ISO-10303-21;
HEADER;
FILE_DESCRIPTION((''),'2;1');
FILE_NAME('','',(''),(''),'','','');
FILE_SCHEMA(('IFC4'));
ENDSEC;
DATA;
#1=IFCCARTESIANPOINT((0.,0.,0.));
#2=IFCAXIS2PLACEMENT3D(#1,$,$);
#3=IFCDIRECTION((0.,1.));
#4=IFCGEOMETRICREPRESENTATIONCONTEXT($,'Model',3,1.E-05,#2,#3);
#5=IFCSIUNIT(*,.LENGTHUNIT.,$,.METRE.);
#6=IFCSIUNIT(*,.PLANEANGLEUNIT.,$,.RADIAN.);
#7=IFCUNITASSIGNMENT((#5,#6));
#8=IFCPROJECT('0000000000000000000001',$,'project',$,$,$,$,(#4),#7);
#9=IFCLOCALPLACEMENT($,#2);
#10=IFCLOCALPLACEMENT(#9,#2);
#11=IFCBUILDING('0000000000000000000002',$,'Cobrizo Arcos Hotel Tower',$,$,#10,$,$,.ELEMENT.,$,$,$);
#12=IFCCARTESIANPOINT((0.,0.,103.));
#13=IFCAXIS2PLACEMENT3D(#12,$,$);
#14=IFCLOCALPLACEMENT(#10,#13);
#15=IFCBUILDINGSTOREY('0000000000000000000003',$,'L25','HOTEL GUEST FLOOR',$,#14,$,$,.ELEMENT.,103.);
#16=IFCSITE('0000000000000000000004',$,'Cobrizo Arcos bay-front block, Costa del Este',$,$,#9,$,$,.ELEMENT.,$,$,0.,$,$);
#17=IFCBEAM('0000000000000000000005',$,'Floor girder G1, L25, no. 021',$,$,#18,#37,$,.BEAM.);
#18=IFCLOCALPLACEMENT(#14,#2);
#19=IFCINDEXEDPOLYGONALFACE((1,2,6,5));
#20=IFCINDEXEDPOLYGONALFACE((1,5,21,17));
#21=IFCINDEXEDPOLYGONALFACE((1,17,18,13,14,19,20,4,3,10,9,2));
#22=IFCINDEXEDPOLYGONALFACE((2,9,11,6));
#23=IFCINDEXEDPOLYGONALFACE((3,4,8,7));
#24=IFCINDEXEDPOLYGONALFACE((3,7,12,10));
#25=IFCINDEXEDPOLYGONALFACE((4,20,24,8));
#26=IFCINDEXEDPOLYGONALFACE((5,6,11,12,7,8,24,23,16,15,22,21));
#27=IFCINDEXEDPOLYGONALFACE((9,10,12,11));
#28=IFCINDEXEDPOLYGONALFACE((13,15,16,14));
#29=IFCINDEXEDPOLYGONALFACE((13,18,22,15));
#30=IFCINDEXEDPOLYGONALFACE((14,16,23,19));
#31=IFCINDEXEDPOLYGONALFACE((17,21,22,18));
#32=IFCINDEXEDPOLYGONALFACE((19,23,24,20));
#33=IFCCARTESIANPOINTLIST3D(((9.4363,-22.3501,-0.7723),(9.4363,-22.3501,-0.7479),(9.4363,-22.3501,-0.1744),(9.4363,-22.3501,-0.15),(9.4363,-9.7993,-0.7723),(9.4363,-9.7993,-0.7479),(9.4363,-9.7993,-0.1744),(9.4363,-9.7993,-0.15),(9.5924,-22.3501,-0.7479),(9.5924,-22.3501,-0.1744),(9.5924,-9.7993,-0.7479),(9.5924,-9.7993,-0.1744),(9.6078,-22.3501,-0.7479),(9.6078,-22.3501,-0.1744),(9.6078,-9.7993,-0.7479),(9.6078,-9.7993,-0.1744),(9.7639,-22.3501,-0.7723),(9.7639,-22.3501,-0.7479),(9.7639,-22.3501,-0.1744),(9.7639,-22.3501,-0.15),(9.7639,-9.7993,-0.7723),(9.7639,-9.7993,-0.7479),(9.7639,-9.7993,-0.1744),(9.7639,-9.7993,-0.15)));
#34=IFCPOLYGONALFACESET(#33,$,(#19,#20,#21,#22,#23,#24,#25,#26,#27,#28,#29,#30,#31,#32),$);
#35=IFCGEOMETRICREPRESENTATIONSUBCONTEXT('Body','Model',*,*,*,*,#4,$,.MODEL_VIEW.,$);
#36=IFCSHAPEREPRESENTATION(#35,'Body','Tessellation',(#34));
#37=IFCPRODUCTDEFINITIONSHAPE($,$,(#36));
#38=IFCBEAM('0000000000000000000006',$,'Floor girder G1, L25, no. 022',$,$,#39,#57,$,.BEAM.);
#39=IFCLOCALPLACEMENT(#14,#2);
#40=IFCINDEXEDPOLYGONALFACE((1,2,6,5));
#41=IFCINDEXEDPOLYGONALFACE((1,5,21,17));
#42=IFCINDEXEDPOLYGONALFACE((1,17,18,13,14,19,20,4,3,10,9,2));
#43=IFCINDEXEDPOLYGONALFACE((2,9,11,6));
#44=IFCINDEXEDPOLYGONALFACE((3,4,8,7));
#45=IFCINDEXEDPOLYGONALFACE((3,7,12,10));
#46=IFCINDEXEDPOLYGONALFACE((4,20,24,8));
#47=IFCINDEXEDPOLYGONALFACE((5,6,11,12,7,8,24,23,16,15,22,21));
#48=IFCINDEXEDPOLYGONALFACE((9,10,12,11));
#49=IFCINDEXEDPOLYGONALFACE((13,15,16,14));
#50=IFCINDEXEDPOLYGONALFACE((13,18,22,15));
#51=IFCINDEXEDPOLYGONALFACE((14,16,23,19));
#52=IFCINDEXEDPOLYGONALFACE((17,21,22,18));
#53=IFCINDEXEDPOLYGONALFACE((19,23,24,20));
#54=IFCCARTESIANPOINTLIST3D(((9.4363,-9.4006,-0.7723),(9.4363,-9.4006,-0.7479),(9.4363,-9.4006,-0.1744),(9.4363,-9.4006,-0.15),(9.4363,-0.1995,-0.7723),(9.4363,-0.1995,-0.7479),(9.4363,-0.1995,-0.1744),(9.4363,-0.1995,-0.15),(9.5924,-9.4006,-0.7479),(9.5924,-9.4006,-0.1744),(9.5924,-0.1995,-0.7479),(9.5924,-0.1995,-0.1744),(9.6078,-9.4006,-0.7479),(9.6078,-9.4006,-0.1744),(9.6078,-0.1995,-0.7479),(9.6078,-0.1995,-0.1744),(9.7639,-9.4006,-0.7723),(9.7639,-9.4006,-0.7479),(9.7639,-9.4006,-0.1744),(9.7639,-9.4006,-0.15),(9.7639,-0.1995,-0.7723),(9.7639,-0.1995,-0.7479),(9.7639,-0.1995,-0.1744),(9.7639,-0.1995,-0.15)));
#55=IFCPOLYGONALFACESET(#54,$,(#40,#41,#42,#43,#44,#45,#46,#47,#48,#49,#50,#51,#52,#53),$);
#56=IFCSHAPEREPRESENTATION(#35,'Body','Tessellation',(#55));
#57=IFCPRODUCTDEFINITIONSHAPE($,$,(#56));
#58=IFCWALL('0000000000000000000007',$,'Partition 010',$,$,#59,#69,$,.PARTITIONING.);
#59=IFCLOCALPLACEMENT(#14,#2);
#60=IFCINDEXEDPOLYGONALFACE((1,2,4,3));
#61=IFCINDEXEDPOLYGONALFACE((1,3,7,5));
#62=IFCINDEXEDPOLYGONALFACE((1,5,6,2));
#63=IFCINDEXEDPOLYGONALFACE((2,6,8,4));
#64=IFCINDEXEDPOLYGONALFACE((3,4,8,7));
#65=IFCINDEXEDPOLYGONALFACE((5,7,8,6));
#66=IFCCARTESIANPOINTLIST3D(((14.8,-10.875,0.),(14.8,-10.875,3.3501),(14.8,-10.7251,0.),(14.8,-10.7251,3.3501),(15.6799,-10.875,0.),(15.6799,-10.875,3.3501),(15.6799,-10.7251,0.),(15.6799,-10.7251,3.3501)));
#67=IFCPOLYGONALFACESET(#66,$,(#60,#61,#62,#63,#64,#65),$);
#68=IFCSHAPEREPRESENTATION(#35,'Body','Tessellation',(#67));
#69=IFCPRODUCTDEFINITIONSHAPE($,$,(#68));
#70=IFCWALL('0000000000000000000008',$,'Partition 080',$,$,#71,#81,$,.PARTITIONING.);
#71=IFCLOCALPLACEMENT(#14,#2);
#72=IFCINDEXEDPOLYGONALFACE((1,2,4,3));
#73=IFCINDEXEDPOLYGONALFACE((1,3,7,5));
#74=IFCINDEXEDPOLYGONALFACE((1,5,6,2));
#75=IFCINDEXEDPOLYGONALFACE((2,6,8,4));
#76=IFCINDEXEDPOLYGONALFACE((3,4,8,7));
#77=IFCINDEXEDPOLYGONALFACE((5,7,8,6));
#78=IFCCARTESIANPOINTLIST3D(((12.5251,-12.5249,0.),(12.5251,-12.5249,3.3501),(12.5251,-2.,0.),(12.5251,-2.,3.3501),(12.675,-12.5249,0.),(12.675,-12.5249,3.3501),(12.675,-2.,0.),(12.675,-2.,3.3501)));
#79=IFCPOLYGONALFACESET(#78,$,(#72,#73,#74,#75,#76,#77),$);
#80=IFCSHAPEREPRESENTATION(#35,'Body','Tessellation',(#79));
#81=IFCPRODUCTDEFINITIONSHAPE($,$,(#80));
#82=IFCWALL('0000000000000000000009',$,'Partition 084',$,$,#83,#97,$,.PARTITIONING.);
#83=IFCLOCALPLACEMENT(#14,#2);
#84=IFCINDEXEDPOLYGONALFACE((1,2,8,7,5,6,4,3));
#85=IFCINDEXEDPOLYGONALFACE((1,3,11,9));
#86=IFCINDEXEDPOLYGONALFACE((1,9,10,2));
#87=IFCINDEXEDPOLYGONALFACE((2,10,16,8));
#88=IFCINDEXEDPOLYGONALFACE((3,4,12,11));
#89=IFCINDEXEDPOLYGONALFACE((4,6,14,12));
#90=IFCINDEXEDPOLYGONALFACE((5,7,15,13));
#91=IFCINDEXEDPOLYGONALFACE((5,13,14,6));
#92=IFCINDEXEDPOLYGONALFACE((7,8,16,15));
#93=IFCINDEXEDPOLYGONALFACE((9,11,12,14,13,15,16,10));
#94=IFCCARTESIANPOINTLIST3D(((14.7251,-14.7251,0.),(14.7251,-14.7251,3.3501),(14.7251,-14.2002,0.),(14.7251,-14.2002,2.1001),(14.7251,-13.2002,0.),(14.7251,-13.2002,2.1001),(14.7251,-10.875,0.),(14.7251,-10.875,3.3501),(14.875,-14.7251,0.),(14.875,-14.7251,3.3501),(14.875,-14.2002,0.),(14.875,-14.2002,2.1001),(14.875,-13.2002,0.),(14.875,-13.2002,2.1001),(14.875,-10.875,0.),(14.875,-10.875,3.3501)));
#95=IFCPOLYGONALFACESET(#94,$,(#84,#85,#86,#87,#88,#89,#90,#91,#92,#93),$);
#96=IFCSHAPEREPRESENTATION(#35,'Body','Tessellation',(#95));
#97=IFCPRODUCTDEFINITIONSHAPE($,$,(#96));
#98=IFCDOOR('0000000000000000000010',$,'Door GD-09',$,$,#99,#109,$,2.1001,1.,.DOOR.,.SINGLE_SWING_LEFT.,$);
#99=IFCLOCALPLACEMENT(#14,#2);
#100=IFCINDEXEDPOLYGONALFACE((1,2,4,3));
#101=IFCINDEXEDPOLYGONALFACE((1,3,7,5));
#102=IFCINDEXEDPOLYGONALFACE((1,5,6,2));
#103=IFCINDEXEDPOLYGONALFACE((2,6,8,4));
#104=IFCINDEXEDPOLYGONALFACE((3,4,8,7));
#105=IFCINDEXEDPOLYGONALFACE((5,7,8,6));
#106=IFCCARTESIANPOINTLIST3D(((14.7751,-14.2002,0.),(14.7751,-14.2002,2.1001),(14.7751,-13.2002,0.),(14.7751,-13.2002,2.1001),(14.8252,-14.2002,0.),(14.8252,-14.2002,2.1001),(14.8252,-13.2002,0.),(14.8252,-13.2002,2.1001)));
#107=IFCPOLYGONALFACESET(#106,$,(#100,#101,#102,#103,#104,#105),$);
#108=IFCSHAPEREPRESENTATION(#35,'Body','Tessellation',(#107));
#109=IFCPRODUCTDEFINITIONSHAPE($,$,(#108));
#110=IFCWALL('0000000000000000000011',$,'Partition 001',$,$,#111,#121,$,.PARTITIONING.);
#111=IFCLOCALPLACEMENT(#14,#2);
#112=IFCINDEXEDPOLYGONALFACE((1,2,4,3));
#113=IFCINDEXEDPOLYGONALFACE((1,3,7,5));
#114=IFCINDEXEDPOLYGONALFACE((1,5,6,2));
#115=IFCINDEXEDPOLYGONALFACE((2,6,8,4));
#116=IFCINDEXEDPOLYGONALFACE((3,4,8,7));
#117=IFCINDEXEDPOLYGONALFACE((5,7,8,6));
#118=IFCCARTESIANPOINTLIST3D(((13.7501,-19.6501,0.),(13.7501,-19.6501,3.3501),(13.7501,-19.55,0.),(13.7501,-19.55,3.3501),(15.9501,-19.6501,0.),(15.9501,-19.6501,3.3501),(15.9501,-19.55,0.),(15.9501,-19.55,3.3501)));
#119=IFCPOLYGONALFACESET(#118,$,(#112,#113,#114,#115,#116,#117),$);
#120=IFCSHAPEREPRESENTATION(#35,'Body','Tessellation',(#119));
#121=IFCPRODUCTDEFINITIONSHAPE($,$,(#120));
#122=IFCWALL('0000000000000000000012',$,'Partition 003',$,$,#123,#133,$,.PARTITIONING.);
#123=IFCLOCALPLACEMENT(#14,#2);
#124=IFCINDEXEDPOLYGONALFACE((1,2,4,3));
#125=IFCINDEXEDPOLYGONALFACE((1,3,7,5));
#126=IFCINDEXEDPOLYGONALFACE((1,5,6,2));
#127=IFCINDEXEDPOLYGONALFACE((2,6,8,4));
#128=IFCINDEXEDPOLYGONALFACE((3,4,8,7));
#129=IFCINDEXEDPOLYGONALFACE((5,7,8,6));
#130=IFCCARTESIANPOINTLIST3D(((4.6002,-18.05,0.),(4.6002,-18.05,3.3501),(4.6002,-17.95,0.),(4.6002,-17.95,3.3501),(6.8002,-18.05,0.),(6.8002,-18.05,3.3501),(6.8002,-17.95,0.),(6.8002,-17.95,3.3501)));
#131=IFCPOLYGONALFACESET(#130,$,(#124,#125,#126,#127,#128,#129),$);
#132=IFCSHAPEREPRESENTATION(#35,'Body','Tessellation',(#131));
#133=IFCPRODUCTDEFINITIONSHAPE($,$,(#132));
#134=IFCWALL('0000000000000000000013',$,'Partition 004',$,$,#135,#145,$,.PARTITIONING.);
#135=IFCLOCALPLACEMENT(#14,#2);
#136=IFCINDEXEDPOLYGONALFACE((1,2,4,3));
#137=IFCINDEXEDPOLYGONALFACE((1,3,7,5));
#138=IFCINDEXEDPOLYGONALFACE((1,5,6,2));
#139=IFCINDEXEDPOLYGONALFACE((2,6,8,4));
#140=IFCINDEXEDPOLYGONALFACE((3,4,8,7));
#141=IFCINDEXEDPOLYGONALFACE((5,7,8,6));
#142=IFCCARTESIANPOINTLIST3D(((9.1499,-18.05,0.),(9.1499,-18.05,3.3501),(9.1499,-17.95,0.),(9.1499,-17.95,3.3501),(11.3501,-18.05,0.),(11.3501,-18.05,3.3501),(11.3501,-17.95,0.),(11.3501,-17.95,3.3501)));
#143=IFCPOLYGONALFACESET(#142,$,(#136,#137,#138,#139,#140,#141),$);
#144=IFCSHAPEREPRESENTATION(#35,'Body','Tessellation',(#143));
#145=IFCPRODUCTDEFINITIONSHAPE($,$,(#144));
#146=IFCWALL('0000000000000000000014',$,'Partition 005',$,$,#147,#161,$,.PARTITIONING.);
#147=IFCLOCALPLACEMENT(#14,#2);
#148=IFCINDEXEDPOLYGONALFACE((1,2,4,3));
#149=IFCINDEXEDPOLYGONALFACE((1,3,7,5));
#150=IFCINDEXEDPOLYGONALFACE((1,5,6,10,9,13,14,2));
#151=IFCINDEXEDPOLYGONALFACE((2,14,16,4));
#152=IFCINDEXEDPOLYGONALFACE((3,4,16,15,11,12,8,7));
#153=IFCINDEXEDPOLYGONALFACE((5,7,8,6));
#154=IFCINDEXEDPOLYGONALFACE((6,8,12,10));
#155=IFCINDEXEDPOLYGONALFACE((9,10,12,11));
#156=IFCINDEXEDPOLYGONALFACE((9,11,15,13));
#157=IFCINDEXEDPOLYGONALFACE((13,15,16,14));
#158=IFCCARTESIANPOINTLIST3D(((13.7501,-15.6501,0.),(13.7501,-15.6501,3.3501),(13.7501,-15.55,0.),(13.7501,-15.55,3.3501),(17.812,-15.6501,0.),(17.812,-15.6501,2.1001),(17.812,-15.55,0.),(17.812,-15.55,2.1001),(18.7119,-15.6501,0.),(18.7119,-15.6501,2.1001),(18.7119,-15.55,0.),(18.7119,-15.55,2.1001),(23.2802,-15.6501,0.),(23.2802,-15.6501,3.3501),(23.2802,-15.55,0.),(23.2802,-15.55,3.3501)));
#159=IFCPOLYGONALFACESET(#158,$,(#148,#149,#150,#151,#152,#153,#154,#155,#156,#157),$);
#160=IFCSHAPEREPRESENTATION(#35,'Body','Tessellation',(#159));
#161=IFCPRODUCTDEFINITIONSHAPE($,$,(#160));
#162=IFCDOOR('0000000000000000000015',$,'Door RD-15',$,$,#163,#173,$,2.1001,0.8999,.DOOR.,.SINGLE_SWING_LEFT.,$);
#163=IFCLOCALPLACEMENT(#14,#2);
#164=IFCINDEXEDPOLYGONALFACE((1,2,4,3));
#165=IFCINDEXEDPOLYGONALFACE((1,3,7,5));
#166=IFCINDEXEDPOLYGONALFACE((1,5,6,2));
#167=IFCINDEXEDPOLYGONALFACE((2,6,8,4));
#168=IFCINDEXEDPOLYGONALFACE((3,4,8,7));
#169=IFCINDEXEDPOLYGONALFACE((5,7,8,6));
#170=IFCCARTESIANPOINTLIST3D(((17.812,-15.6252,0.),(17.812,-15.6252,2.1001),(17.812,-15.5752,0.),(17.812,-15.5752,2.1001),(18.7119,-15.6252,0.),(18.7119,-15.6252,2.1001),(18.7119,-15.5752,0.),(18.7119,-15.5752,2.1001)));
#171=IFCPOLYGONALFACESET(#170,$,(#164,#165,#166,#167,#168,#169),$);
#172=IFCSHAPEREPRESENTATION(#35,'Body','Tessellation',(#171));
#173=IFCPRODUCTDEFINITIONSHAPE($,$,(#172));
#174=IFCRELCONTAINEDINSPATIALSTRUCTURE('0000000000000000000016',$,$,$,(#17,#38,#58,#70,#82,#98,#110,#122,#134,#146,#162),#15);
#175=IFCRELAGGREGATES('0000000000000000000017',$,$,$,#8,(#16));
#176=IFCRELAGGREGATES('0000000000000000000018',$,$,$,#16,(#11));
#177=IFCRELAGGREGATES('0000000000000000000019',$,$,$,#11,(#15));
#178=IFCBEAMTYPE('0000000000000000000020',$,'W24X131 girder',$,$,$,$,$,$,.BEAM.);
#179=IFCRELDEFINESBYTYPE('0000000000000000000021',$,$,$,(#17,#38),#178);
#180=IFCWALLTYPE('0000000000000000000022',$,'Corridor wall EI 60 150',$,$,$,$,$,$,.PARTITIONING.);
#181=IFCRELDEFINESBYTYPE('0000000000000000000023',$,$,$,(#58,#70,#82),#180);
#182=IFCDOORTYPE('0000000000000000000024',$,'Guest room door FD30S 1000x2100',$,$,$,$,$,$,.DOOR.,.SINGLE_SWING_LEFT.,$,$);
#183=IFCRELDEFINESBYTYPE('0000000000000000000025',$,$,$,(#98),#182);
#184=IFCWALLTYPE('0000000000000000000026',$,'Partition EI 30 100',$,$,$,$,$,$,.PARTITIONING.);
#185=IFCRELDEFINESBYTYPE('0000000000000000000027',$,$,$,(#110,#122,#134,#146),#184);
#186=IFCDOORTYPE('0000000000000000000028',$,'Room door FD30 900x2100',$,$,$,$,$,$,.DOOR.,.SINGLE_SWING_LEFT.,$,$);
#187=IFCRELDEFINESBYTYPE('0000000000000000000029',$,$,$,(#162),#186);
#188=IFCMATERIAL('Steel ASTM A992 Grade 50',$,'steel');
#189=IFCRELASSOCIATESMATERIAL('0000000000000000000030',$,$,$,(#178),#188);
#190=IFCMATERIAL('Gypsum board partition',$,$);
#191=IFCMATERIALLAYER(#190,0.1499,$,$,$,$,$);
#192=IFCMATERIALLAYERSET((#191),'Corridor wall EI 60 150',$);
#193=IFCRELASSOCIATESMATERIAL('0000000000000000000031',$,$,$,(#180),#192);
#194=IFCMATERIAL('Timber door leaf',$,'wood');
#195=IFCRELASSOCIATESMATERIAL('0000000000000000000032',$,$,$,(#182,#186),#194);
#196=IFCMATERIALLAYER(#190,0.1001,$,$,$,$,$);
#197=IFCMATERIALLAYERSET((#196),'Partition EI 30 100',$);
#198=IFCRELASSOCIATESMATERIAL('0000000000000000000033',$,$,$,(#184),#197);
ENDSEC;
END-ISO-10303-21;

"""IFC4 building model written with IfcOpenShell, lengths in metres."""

from ifc_helpers import new_model, si_unit, direction, frame, frame_2d, origin, origin_2d, place, context, subcontext, project, spatial, rectangle, i_section, extrude, material, layer, layer_set, material_profile, profile_set, type_object, element, fill, save


model = new_model("IFC4")

# Units and contexts
model_context = context("Model", 3, precision=1e-05, world=origin(), true_north=direction((0.0, 1.0)))
body_context = subcontext(model_context, "Body", "Model", "MODEL_VIEW")
ifc_project = project(units=[si_unit("LENGTHUNIT", "METRE"), si_unit("PLANEANGLEUNIT", "RADIAN")], contexts=[model_context])

# Site, building, storey
site_placement = place(None, origin())
site = spatial("IfcSite", under=ifc_project, at=site_placement, Name="Cobrizo Arcos bay-front block, Costa del Este", CompositionType="ELEMENT", RefElevation=0.0)
building_placement = place(site_placement, origin())
building = spatial("IfcBuilding", under=site, at=building_placement, Name="Cobrizo Arcos Hotel Tower", CompositionType="ELEMENT")
storey_placement = place(building_placement, frame((0.0, 0.0, 103.0)))
storey = spatial("IfcBuildingStorey", under=building, at=storey_placement, Name="L25", Description="HOTEL GUEST FLOOR", CompositionType="ELEMENT", Elevation=103.0)

# Shared definitions
ifc_material_1 = material(Name="Steel ASTM A992 Grade 50", Category="steel")

# Beams
ifc_material_profile_1 = material_profile(ifc_material_1, i_section(OverallWidth=0.3276, OverallDepth=0.6223, WebThickness=0.0154, FlangeThickness=0.0244, at=origin_2d()), Name="W24X131")
ifc_profile_set_1 = profile_set([ifc_material_profile_1], Name="Steel ASTM A992 Grade 50")
beam_type_1 = type_object("IfcBeamType", Name="W24X131 girder", PredefinedType="BEAM", material=ifc_profile_set_1)
beam_1_placement = place(storey_placement, frame((9.6001, -22.3501, -0.4612), z_axis=(0.0, 1.0, 0.0), x_axis=(-1.0, 0.0, 0.0)))
element("IfcBeam", 1, at=beam_1_placement, inside=storey, type_object=beam_type_1, Name="Floor girder G1, L25, no. 021", PredefinedType="BEAM", context=body_context, shape_type="SweptSolid", body=[
    extrude(i_section(OverallWidth=0.3276, OverallDepth=0.6223, WebThickness=0.0154, FlangeThickness=0.0244, at=origin_2d()), origin(), (0.0, 0.0, 1.0), 12.5508),
])
beam_2_placement = place(storey_placement, frame((9.6001, -9.4006, -0.4612), z_axis=(0.0, 1.0, 0.0), x_axis=(-1.0, 0.0, 0.0)))
element("IfcBeam", 2, at=beam_2_placement, inside=storey, type_object=beam_type_1, Name="Floor girder G1, L25, no. 022", PredefinedType="BEAM", context=body_context, shape_type="SweptSolid", body=[
    extrude(i_section(OverallWidth=0.3276, OverallDepth=0.6223, WebThickness=0.0154, FlangeThickness=0.0244, at=origin_2d()), origin(), (0.0, 0.0, 1.0), 9.2012),
])

# Walls
ifc_material_2 = material(Name="Gypsum board partition")
ifc_layer_1 = layer(ifc_material_2, 0.1499)
ifc_layer_set_1 = layer_set([ifc_layer_1], Name="Corridor wall EI 60 150")
wall_type_1 = type_object("IfcWallType", Name="Corridor wall EI 60 150", PredefinedType="PARTITIONING", material=ifc_layer_set_1)
wall_1_placement = place(storey_placement, frame((14.8, -10.8, 0.0), z_axis=(0.0, 0.0, 1.0), x_axis=(1.0, 0.0, 0.0)))
element("IfcWall", 3, at=wall_1_placement, inside=storey, type_object=wall_type_1, Name="Partition 010", PredefinedType="PARTITIONING", context=body_context, shape_type="SweptSolid", body=[
    extrude(rectangle(XDim=0.8799, YDim=0.1499, at=frame_2d((0.4399, 0.0))), origin(), (0.0, 0.0, 1.0), 3.3501),
])
wall_2_placement = place(storey_placement, frame((12.6001, -12.5249, 0.0), z_axis=(0.0, 0.0, 1.0), x_axis=(0.0, 1.0, 0.0)))
element("IfcWall", 4, at=wall_2_placement, inside=storey, type_object=wall_type_1, Name="Partition 080", PredefinedType="PARTITIONING", context=body_context, shape_type="SweptSolid", body=[
    extrude(rectangle(XDim=10.5249, YDim=0.1499, at=frame_2d((5.2625, 0.0))), origin(), (0.0, 0.0, 1.0), 3.3501),
])

# Wall, opening, door
wall_3_placement = place(storey_placement, frame((14.8, -14.7251, 0.0), z_axis=(0.0, 0.0, 1.0), x_axis=(0.0, 1.0, 0.0)))
wall_3 = element("IfcWall", 5, at=wall_3_placement, inside=storey, type_object=wall_type_1, Name="Partition 084", PredefinedType="PARTITIONING", context=body_context, shape_type="SweptSolid", body=[
    extrude(rectangle(XDim=3.8501, YDim=0.1499, at=frame_2d((1.925, 0.0))), origin(), (0.0, 0.0, 1.0), 3.3501),
])
opening_1_placement = place(wall_3_placement, frame((0.5249, 0.0, 0.0)))
opening_1 = element("IfcOpeningElement", 6, at=opening_1_placement, cuts=wall_3, PredefinedType="OPENING", context=body_context, shape_type="SweptSolid", body=[
    extrude(rectangle(XDim=1.0, YDim=2.1001, at=frame_2d((0.5, 1.05))), frame((0.0, 0.0869, 0.0), z_axis=(0.0, -1.0, 0.0), x_axis=(1.0, 0.0, 0.0)), (0.0, 0.0, 1.0), 0.1738),
])
ifc_material_3 = material(Name="Timber door leaf", Category="wood")
door_type_1 = type_object("IfcDoorType", Name="Guest room door FD30S 1000x2100", OperationType="SINGLE_SWING_LEFT", PredefinedType="DOOR", material=ifc_material_3)
door_1_placement = place(opening_1_placement, origin())
door_1 = element("IfcDoor", 7, at=door_1_placement, inside=storey, type_object=door_type_1, Name="Door GD-09", OperationType="SINGLE_SWING_LEFT", OverallHeight=2.1001, OverallWidth=1.0, PredefinedType="DOOR", context=body_context, shape_type="SweptSolid", body=[
    extrude(rectangle(XDim=1.0, YDim=2.1001, at=frame_2d((0.5, 1.05))), frame((0.0, 0.0249, 0.0), z_axis=(0.0, -1.0, 0.0), x_axis=(1.0, 0.0, 0.0)), (0.0, 0.0, 1.0), 0.05),
])
fill(opening_1, door_1)

# Walls
ifc_layer_2 = layer(ifc_material_2, 0.1001)
ifc_layer_set_2 = layer_set([ifc_layer_2], Name="Partition EI 30 100")
wall_type_2 = type_object("IfcWallType", Name="Partition EI 30 100", PredefinedType="PARTITIONING", material=ifc_layer_set_2)
for number, where, z_axis, x_axis, name in (
    (8, (13.75, -19.6001, 0.0), (0.0, 0.0, 1.0), (1.0, 0.0, 0.0), "Partition 001"),
    (9, (4.6001, -18.0, 0.0), (0.0, 0.0, 1.0), (1.0, 0.0, 0.0), "Partition 003"),
):
    element("IfcWall", number, at=place(storey_placement, frame(where, z_axis=z_axis, x_axis=x_axis)), inside=storey, type_object=wall_type_2, Name=name, PredefinedType="PARTITIONING", context=body_context, shape_type="SweptSolid", body=[
        extrude(rectangle(XDim=2.2, YDim=0.1001, at=frame_2d((1.1001, 0.0))), origin(), (0.0, 0.0, 1.0), 3.3501),
    ])
wall_4_placement = place(storey_placement, frame((9.1499, -18.0, 0.0), z_axis=(0.0, 0.0, 1.0), x_axis=(1.0, 0.0, 0.0)))
element("IfcWall", 10, at=wall_4_placement, inside=storey, type_object=wall_type_2, Name="Partition 004", PredefinedType="PARTITIONING", context=body_context, shape_type="SweptSolid", body=[
    extrude(rectangle(XDim=2.2002, YDim=0.1001, at=frame_2d((1.1001, 0.0))), origin(), (0.0, 0.0, 1.0), 3.3501),
])

# Wall, opening, door
wall_5_placement = place(storey_placement, frame((13.75, -15.6001, 0.0), z_axis=(0.0, 0.0, 1.0), x_axis=(1.0, 0.0, 0.0)))
wall_5 = element("IfcWall", 11, at=wall_5_placement, inside=storey, type_object=wall_type_2, Name="Partition 005", PredefinedType="PARTITIONING", context=body_context, shape_type="SweptSolid", body=[
    extrude(rectangle(XDim=9.53, YDim=0.1001, at=frame_2d((4.7651, 0.0))), origin(), (0.0, 0.0, 1.0), 3.3501),
])
opening_2_placement = place(wall_5_placement, frame((4.062, 0.0, 0.0)))
opening_2 = element("IfcOpeningElement", 12, at=opening_2_placement, cuts=wall_5, PredefinedType="OPENING", context=body_context, shape_type="SweptSolid", body=[
    extrude(rectangle(XDim=0.8999, YDim=2.1001, at=frame_2d((0.45, 1.05))), frame((0.0, 0.062, 0.0), z_axis=(0.0, -1.0, 0.0), x_axis=(1.0, 0.0, 0.0)), (0.0, 0.0, 1.0), 0.124),
])
door_type_2 = type_object("IfcDoorType", Name="Room door FD30 900x2100", OperationType="SINGLE_SWING_LEFT", PredefinedType="DOOR", material=ifc_material_3)
door_2_placement = place(opening_2_placement, origin())
door_2 = element("IfcDoor", 13, at=door_2_placement, inside=storey, type_object=door_type_2, Name="Door RD-15", OperationType="SINGLE_SWING_LEFT", OverallHeight=2.1001, OverallWidth=0.8999, PredefinedType="DOOR", context=body_context, shape_type="SweptSolid", body=[
    extrude(rectangle(XDim=0.8999, YDim=2.1001, at=frame_2d((0.45, 1.05))), frame((0.0, 0.0249, 0.0), z_axis=(0.0, -1.0, 0.0), x_axis=(1.0, 0.0, 0.0)), (0.0, 0.0, 1.0), 0.05),
])
fill(opening_2, door_2)

save(model, "model.ifc")
